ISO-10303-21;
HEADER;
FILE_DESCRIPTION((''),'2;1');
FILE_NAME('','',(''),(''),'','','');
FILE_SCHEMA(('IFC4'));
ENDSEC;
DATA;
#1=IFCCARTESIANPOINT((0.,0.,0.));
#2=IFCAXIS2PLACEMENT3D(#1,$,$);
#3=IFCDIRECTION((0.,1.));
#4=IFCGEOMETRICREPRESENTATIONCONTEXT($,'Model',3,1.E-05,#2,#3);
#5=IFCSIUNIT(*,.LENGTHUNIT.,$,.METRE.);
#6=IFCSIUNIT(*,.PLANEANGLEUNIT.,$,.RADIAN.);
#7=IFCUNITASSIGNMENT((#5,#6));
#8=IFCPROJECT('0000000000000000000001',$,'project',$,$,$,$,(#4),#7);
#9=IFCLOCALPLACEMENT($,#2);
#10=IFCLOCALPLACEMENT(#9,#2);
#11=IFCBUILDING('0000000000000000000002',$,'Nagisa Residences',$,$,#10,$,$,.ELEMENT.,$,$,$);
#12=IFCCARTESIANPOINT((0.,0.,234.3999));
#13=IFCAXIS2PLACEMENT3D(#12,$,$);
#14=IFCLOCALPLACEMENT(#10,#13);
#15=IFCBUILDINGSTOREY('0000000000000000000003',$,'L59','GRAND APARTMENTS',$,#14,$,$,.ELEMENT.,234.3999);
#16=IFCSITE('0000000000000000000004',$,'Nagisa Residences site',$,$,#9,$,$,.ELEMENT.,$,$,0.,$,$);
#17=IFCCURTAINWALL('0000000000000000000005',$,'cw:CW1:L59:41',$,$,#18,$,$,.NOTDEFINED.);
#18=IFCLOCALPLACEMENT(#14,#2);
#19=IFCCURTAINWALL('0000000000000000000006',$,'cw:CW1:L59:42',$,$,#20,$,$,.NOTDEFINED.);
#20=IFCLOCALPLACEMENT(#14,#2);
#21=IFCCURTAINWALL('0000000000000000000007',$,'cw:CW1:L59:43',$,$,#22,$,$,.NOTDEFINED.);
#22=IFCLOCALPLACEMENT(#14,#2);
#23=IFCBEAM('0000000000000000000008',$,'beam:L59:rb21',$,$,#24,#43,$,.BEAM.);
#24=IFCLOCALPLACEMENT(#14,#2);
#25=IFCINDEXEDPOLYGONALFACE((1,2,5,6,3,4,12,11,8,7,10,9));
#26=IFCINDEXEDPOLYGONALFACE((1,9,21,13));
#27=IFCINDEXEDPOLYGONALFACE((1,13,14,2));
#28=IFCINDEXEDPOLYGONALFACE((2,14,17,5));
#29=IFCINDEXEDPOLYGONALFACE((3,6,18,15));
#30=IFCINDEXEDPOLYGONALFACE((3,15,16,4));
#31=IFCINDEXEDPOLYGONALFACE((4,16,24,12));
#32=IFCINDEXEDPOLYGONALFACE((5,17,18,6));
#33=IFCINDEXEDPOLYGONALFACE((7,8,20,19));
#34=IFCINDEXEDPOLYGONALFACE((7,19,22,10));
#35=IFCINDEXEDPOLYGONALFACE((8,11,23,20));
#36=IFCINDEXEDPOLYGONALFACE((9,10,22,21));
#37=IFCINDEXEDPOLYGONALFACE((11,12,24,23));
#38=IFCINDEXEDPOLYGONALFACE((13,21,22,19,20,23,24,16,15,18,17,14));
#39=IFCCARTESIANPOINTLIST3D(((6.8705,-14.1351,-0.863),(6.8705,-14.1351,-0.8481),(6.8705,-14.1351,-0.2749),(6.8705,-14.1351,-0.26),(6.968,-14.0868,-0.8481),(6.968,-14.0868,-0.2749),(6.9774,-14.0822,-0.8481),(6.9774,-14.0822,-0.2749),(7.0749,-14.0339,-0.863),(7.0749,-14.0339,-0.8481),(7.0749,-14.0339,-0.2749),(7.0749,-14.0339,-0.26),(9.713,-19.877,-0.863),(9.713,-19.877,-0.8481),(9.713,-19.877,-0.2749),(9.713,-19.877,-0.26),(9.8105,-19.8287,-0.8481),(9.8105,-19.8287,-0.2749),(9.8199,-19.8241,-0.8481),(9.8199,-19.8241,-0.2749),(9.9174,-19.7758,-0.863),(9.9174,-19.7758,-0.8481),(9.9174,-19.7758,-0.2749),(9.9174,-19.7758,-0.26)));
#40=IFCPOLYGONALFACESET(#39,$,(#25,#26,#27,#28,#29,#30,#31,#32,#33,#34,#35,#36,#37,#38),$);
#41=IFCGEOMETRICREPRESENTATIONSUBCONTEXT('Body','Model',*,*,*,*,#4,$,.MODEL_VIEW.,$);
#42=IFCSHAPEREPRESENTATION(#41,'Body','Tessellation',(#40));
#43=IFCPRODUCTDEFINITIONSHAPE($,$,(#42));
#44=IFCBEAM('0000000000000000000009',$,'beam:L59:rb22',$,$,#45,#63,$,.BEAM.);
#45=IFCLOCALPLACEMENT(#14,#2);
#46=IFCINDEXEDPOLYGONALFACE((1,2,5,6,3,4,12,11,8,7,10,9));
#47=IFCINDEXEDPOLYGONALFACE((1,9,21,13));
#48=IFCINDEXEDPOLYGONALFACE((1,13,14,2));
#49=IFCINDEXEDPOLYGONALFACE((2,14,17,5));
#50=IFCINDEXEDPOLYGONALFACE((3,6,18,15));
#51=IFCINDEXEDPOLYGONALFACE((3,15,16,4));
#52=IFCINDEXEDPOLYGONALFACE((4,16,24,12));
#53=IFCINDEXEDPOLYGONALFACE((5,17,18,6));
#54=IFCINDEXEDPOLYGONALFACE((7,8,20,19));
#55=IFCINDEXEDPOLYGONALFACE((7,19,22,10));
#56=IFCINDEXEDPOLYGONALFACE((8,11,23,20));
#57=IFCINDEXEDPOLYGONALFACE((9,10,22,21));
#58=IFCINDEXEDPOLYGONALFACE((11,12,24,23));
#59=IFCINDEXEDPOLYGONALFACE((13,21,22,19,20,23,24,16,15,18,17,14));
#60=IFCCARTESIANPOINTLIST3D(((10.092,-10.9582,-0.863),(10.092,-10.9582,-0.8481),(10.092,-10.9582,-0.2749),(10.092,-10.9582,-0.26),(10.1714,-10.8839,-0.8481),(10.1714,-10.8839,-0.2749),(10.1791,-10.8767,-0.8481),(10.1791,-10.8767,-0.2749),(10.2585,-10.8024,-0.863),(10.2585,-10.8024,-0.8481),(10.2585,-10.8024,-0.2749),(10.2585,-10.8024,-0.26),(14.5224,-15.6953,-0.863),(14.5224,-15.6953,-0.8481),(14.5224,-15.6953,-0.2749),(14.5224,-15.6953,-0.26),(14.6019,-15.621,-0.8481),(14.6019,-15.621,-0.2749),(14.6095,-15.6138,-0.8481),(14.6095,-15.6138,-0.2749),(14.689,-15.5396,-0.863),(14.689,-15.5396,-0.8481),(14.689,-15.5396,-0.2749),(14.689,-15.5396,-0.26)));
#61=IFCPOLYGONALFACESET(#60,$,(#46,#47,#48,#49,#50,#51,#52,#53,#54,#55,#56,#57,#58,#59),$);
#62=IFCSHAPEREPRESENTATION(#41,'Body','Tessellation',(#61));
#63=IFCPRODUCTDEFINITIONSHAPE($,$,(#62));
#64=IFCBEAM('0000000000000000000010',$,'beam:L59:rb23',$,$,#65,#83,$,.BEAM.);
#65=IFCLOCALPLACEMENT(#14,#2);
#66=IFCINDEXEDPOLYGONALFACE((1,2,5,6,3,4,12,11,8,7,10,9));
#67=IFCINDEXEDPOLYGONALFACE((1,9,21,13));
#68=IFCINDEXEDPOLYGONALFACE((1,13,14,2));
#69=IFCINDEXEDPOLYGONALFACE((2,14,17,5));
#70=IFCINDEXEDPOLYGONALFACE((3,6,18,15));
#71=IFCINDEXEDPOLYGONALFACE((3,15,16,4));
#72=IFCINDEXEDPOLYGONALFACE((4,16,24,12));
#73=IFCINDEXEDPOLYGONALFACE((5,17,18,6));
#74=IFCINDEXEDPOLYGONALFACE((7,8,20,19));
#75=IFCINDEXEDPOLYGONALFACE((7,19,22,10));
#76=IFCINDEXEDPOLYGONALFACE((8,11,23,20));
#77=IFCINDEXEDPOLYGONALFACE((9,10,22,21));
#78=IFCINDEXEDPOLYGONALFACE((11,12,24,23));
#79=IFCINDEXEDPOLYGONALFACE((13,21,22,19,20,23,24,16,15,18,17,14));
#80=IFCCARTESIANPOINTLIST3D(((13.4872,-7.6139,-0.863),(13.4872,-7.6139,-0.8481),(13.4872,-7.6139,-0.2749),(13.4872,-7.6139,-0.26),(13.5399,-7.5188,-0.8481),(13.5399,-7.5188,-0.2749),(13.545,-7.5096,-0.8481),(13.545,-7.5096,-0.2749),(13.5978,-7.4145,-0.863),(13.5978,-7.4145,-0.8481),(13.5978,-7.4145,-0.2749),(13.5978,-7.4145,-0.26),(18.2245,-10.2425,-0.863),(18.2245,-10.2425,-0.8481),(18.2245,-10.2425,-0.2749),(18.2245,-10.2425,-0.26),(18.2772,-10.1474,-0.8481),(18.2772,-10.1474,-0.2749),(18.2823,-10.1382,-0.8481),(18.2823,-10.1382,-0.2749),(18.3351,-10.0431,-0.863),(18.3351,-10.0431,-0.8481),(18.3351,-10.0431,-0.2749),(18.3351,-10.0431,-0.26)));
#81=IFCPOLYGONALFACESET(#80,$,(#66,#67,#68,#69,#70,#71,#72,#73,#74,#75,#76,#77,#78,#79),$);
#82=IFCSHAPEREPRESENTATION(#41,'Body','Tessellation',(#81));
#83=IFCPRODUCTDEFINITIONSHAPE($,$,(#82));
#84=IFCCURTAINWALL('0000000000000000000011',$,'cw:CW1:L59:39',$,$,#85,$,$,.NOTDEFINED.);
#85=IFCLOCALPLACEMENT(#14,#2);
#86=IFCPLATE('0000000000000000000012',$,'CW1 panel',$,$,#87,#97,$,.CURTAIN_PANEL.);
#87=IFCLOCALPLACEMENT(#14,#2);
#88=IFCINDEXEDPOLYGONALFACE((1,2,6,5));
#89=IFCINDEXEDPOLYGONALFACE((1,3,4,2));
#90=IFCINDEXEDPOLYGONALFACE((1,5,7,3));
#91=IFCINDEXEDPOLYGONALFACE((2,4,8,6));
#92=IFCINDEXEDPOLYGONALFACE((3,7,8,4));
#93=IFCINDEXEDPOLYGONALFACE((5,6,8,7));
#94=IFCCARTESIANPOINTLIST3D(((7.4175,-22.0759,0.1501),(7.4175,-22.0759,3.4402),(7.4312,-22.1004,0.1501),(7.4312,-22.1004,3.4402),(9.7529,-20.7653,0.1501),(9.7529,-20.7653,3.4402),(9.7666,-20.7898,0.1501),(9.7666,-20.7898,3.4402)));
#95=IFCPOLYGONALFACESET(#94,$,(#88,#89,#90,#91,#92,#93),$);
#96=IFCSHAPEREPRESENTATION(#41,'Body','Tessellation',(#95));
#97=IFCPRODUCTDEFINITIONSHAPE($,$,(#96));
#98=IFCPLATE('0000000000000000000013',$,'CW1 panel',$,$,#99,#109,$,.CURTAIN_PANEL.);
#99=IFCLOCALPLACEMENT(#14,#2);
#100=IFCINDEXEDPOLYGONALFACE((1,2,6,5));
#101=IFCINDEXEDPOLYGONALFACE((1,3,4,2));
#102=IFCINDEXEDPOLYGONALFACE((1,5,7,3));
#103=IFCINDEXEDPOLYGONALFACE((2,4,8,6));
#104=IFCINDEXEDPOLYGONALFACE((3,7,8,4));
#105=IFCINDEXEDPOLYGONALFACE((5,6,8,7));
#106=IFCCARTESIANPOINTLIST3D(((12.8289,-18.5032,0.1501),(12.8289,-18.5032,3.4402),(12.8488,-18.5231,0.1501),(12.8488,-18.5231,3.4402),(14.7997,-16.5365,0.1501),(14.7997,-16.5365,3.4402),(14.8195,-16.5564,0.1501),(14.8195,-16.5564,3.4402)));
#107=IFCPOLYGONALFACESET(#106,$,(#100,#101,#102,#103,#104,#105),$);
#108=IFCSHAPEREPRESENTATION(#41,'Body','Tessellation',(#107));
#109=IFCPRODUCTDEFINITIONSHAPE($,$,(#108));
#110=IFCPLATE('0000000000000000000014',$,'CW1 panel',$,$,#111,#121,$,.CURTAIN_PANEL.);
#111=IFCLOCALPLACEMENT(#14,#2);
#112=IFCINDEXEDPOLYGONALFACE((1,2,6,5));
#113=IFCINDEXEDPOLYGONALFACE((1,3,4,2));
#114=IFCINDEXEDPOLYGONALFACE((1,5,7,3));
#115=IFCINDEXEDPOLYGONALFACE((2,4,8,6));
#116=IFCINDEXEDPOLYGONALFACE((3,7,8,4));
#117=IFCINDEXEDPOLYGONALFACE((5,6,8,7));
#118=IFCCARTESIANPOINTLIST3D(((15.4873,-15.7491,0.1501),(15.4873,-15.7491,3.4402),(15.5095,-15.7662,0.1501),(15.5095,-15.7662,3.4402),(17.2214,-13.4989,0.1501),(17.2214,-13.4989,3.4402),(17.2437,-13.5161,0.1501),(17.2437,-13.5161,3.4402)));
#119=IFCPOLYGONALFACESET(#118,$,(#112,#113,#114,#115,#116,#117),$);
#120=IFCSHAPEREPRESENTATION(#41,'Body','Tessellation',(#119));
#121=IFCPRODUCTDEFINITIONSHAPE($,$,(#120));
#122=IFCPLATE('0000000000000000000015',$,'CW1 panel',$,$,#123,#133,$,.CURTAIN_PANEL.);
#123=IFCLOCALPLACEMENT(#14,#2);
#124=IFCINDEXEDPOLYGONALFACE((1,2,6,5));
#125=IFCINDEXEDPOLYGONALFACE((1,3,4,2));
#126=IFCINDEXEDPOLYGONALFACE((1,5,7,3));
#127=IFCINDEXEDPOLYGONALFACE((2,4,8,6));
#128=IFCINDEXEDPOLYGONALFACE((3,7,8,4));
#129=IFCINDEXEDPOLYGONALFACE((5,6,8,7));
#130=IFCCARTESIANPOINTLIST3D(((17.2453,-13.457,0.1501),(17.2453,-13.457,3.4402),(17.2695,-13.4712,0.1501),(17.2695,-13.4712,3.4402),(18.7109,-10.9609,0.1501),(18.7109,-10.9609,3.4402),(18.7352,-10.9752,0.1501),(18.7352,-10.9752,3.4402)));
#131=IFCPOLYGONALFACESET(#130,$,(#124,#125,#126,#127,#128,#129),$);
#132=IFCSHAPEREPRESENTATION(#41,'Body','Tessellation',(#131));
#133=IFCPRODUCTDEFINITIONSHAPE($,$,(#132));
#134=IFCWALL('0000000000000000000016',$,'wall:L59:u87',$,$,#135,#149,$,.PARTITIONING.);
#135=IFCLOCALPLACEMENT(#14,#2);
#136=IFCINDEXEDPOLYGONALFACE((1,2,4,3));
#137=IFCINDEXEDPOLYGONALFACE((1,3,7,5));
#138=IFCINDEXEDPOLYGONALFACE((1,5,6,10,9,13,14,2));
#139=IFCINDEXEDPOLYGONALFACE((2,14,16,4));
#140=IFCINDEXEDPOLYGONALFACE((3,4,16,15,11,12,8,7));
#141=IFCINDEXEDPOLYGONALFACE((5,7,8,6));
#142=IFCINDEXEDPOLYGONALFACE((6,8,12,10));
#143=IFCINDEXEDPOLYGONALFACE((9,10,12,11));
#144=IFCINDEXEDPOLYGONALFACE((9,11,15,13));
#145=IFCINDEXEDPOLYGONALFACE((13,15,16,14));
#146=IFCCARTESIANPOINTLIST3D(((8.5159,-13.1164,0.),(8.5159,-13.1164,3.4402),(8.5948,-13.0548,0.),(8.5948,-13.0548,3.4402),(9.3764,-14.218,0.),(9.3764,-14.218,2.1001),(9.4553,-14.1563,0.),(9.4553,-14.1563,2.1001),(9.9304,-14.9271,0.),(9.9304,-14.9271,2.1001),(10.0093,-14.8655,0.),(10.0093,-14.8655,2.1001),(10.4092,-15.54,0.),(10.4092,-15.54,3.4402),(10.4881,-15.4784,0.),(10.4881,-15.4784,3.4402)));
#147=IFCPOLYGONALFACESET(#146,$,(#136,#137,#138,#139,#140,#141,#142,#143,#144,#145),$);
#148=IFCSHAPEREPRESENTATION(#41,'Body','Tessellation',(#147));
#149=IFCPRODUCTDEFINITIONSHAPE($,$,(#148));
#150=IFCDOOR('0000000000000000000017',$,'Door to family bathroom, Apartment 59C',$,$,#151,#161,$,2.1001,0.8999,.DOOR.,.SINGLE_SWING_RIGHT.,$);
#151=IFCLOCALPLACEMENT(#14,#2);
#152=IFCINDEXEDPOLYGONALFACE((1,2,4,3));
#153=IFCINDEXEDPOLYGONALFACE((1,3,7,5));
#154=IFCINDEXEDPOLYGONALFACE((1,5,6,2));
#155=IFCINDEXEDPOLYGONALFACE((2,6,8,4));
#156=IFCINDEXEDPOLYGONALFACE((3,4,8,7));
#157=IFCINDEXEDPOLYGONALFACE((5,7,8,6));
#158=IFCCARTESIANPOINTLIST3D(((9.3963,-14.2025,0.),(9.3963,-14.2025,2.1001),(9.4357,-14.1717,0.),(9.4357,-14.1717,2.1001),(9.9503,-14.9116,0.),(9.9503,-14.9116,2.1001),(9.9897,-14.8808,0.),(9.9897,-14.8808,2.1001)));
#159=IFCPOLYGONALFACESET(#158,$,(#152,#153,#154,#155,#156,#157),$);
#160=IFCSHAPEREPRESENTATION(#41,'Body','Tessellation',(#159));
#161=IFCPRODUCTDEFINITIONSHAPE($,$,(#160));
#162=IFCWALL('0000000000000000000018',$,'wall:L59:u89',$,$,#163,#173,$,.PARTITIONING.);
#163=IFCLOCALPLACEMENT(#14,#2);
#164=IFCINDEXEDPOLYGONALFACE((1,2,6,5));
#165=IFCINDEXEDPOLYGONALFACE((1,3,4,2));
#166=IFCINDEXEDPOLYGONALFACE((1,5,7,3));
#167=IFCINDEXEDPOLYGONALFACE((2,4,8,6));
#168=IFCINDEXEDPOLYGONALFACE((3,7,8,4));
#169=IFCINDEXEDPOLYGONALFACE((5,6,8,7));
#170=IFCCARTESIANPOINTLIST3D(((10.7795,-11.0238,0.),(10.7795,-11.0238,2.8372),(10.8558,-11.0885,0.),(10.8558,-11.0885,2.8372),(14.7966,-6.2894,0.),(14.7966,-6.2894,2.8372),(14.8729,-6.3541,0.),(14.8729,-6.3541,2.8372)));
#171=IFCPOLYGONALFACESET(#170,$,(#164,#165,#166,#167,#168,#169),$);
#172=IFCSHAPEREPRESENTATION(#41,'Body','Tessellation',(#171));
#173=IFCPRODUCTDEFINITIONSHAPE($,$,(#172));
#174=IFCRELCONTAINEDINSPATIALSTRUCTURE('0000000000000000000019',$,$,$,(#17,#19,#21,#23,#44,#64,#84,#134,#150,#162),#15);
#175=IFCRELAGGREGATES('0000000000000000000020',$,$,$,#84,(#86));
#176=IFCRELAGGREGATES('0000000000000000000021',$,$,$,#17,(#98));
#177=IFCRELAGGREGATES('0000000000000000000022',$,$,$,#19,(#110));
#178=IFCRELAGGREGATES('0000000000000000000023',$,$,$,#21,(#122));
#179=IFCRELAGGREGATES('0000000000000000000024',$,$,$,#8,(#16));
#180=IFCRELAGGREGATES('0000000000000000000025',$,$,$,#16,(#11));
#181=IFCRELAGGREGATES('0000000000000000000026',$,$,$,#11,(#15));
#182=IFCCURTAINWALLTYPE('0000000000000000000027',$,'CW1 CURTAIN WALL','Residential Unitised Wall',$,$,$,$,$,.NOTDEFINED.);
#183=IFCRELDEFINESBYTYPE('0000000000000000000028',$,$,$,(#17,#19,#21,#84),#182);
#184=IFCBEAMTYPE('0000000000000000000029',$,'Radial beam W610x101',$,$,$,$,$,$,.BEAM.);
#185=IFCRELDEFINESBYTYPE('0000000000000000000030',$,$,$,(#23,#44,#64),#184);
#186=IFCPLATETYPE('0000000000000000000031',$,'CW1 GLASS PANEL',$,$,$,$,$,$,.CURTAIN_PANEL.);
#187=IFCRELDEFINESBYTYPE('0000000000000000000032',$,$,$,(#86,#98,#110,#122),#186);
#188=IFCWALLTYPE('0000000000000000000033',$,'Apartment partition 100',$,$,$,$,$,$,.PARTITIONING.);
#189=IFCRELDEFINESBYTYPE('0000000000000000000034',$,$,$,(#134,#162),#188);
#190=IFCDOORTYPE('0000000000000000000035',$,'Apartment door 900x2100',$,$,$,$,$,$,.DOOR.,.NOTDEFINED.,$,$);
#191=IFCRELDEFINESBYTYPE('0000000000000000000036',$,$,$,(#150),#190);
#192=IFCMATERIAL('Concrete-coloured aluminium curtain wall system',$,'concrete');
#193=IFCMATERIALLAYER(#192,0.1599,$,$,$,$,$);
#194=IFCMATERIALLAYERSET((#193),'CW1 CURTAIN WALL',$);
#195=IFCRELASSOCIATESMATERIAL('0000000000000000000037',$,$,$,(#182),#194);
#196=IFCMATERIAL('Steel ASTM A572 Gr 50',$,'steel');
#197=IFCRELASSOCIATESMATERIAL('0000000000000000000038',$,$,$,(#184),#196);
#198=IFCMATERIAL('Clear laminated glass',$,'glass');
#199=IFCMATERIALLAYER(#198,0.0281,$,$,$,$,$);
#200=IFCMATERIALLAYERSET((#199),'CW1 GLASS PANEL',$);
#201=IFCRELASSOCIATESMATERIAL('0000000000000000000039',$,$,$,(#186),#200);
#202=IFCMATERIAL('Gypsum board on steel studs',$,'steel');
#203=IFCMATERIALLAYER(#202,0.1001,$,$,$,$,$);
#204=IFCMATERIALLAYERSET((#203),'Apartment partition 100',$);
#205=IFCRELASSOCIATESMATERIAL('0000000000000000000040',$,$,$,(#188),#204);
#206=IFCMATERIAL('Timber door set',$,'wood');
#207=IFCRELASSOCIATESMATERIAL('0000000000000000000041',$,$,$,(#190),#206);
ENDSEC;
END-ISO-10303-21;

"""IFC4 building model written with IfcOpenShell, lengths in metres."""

from ifc_helpers import new_model, si_unit, direction, frame, frame_2d, origin, origin_2d, place, context, subcontext, project, spatial, rectangle, i_section, extrude, material, layer, layer_set, material_profile, profile_set, type_object, element, fill, aggregate, save


model = new_model("IFC4")

# Units and contexts
model_context = context("Model", 3, precision=1e-05, world=origin(), true_north=direction((0.0, 1.0)))
body_context = subcontext(model_context, "Body", "Model", "MODEL_VIEW")
ifc_project = project(units=[si_unit("LENGTHUNIT", "METRE"), si_unit("PLANEANGLEUNIT", "RADIAN")], contexts=[model_context])

# Site, building, storey
site_placement = place(None, origin())
site = spatial("IfcSite", under=ifc_project, at=site_placement, Name="Nagisa Residences site", CompositionType="ELEMENT", RefElevation=0.0)
building_placement = place(site_placement, origin())
building = spatial("IfcBuilding", under=site, at=building_placement, Name="Nagisa Residences", CompositionType="ELEMENT")
storey_placement = place(building_placement, frame((0.0, 0.0, 234.3999)))
storey = spatial("IfcBuildingStorey", under=building, at=storey_placement, Name="L59", Description="GRAND APARTMENTS", CompositionType="ELEMENT", Elevation=234.3999)

# Curtain walls
ifc_material_1 = material(Name="Concrete-coloured aluminium curtain wall system", Category="concrete")
ifc_layer_1 = layer(ifc_material_1, 0.1599)
ifc_layer_set_1 = layer_set([ifc_layer_1], Name="CW1 CURTAIN WALL")
curtain_wall_type = type_object("IfcCurtainWallType", Name="CW1 CURTAIN WALL", Description="Residential Unitised Wall", PredefinedType="NOTDEFINED", material=ifc_layer_set_1)
curtain_wall_1_placement = place(storey_placement, origin())
curtain_wall_1 = element("IfcCurtainWall", 1, at=curtain_wall_1_placement, inside=storey, type_object=curtain_wall_type, Name="cw:CW1:L59:41", PredefinedType="NOTDEFINED")
curtain_wall_2_placement = place(storey_placement, origin())
curtain_wall_2 = element("IfcCurtainWall", 2, at=curtain_wall_2_placement, inside=storey, type_object=curtain_wall_type, Name="cw:CW1:L59:42", PredefinedType="NOTDEFINED")
curtain_wall_3_placement = place(storey_placement, origin())
curtain_wall_3 = element("IfcCurtainWall", 3, at=curtain_wall_3_placement, inside=storey, type_object=curtain_wall_type, Name="cw:CW1:L59:43", PredefinedType="NOTDEFINED")

# Beams
ifc_material_2 = material(Name="Steel ASTM A572 Gr 50", Category="steel")
ifc_material_profile_1 = material_profile(ifc_material_2, i_section(OverallWidth=0.228, OverallDepth=0.603, WebThickness=0.0105, FlangeThickness=0.0149, at=origin_2d()), Name="W610x101")
ifc_profile_set_1 = profile_set([ifc_material_profile_1], Name="Steel ASTM A572 Gr 50")
beam_type_1 = type_object("IfcBeamType", Name="Radial beam W610x101", PredefinedType="BEAM", material=ifc_profile_set_1)
beam_1_placement = place(storey_placement, frame((9.8152, -19.8264, -0.5615), z_axis=(-0.443659, 0.896196, 0.0), x_axis=(-0.896196, -0.443659, 0.0)))
element("IfcBeam", 4, at=beam_1_placement, inside=storey, type_object=beam_type_1, Name="beam:L59:rb21", PredefinedType="BEAM", context=body_context, shape_type="SweptSolid", body=[
    extrude(i_section(OverallWidth=0.228, OverallDepth=0.603, WebThickness=0.0105, FlangeThickness=0.0149, at=origin_2d()), origin(), (0.0, 0.0, 1.0), 6.407),
])
beam_2_placement = place(storey_placement, frame((14.6057, -15.6174, -0.5615), z_axis=(-0.683073, 0.73035, 0.0), x_axis=(-0.73035, -0.683073, 0.0)))
element("IfcBeam", 5, at=beam_2_placement, inside=storey, type_object=beam_type_1, Name="beam:L59:rb22", PredefinedType="BEAM", context=body_context, shape_type="SweptSolid", body=[
    extrude(i_section(OverallWidth=0.228, OverallDepth=0.603, WebThickness=0.0105, FlangeThickness=0.0149, at=origin_2d()), origin(), (0.0, 0.0, 1.0), 6.4861),
])
beam_3_placement = place(storey_placement, frame((18.2798, -10.1428, -0.5615), z_axis=(-0.874406, 0.485195, 0.0), x_axis=(-0.485195, -0.874406, 0.0)))
element("IfcBeam", 6, at=beam_3_placement, inside=storey, type_object=beam_type_1, Name="beam:L59:rb23", PredefinedType="BEAM", context=body_context, shape_type="SweptSolid", body=[
    extrude(i_section(OverallWidth=0.228, OverallDepth=0.603, WebThickness=0.0105, FlangeThickness=0.0149, at=origin_2d()), origin(), (0.0, 0.0, 1.0), 5.4177),
])

# Curtain wall, plate
curtain_wall_4_placement = place(storey_placement, origin())
curtain_wall_4 = element("IfcCurtainWall", 7, at=curtain_wall_4_placement, inside=storey, type_object=curtain_wall_type, Name="cw:CW1:L59:39", PredefinedType="NOTDEFINED")
ifc_material_3 = material(Name="Clear laminated glass", Category="glass")
ifc_layer_2 = layer(ifc_material_3, 0.0281)
ifc_layer_set_2 = layer_set([ifc_layer_2], Name="CW1 GLASS PANEL")
plate_type = type_object("IfcPlateType", Name="CW1 GLASS PANEL", PredefinedType="CURTAIN_PANEL", material=ifc_layer_set_2)
plate_1_placement = place(storey_placement, frame((8.592, -21.4329, 0.1501), z_axis=(0.0, 0.0, 1.0), x_axis=(0.872072, 0.489377, 0.0)))
plate_1 = element("IfcPlate", 8, at=plate_1_placement, type_object=plate_type, Name="CW1 panel", PredefinedType="CURTAIN_PANEL", context=body_context, shape_type="SweptSolid", body=[
    extrude(rectangle(XDim=2.678, YDim=0.0281, at=origin_2d()), origin(), (0.0, 0.0, 1.0), 3.29),
])
aggregate(curtain_wall_4, [plate_1])

# Plates
plate_2_placement = place(storey_placement, frame((13.8242, -17.5298, 0.1501), z_axis=(0.0, 0.0, 1.0), x_axis=(0.707836, 0.706377, 0.0)))
plate_2 = element("IfcPlate", 9, at=plate_2_placement, type_object=plate_type, Name="CW1 panel", PredefinedType="CURTAIN_PANEL", context=body_context, shape_type="SweptSolid", body=[
    extrude(rectangle(XDim=2.7842, YDim=0.0281, at=origin_2d()), origin(), (0.0, 0.0, 1.0), 3.29),
])
aggregate(curtain_wall_1, [plate_2])
plate_3_placement = place(storey_placement, frame((16.3655, -14.6326, 0.1501), z_axis=(0.0, 0.0, 1.0), x_axis=(0.61043, 0.79207, 0.0)))
plate_3 = element("IfcPlate", 10, at=plate_3_placement, type_object=plate_type, Name="CW1 panel", PredefinedType="CURTAIN_PANEL", context=body_context, shape_type="SweptSolid", body=[
    extrude(rectangle(XDim=2.8408, YDim=0.0281, at=origin_2d()), origin(), (0.0, 0.0, 1.0), 3.29),
])
aggregate(curtain_wall_2, [plate_3])
plate_4_placement = place(storey_placement, frame((17.9902, -12.2161, 0.1501), z_axis=(0.0, 0.0, 1.0), x_axis=(0.506349, 0.862329, 0.0)))
plate_4 = element("IfcPlate", 11, at=plate_4_placement, type_object=plate_type, Name="CW1 panel", PredefinedType="CURTAIN_PANEL", context=body_context, shape_type="SweptSolid", body=[
    extrude(rectangle(XDim=2.8945, YDim=0.0281, at=origin_2d()), origin(), (0.0, 0.0, 1.0), 3.29),
])
aggregate(curtain_wall_3, [plate_4])

# Wall, opening, door
ifc_material_4 = material(Name="Gypsum board on steel studs", Category="steel")
ifc_layer_3 = layer(ifc_material_4, 0.1001)
ifc_layer_set_3 = layer_set([ifc_layer_3], Name="Apartment partition 100")
wall_type_1 = type_object("IfcWallType", Name="Apartment partition 100", PredefinedType="PARTITIONING", material=ifc_layer_set_3)
wall_1_placement = place(storey_placement, frame((8.5554, -13.0857, 0.0), z_axis=(0.0, 0.0, 1.0), x_axis=(0.615621, -0.788042, 0.0)))
wall_1 = element("IfcWall", 12, at=wall_1_placement, inside=storey, type_object=wall_type_1, Name="wall:L59:u87", PredefinedType="PARTITIONING", context=body_context, shape_type="SweptSolid", body=[
    extrude(rectangle(XDim=3.0754, YDim=0.1001, at=frame_2d((1.5376, 0.0))), origin(), (0.0, 0.0, 1.0), 3.4402),
])
opening_1_placement = place(wall_1_placement, frame((1.3977, 0.0, 0.0)))
opening_1 = element("IfcOpeningElement", 13, at=opening_1_placement, cuts=wall_1, PredefinedType="OPENING", context=body_context, shape_type="SweptSolid", body=[
    extrude(rectangle(XDim=0.8999, YDim=2.1001, at=frame_2d((0.45, 1.05))), frame((0.0, 0.0601, 0.0), z_axis=(0.0, -1.0, 0.0), x_axis=(1.0, 0.0, 0.0)), (0.0, 0.0, 1.0), 0.1201),
])
ifc_material_5 = material(Name="Timber door set", Category="wood")
door_type_1 = type_object("IfcDoorType", Name="Apartment door 900x2100", OperationType="NOTDEFINED", PredefinedType="DOOR", material=ifc_material_5)
door_1_placement = place(opening_1_placement, frame((0.8999, 0.0, 0.0), x_axis=(-1.0, 0.0, 0.0)))
door_1 = element("IfcDoor", 14, at=door_1_placement, inside=storey, type_object=door_type_1, Name="Door to family bathroom, Apartment 59C", OperationType="SINGLE_SWING_RIGHT", OverallHeight=2.1001, OverallWidth=0.8999, PredefinedType="DOOR", context=body_context, shape_type="SweptSolid", body=[
    extrude(rectangle(XDim=0.8999, YDim=2.1001, at=frame_2d((0.45, 1.05))), frame((0.0, 0.0249, 0.0), z_axis=(0.0, -1.0, 0.0), x_axis=(1.0, 0.0, 0.0)), (0.0, 0.0, 1.0), 0.05),
])
fill(opening_1, door_1)

# Wall
wall_2_placement = place(storey_placement, frame((10.8176, -11.0562, 0.0), z_axis=(0.0, 0.0, 1.0), x_axis=(0.646982, 0.762506, 0.0)))
element("IfcWall", 15, at=wall_2_placement, inside=storey, type_object=wall_type_1, Name="wall:L59:u89", PredefinedType="PARTITIONING", context=body_context, shape_type="SweptSolid", body=[
    extrude(rectangle(XDim=6.209, YDim=0.1001, at=frame_2d((3.1045, 0.0))), origin(), (0.0, 0.0, 1.0), 2.8372),
])

save(model, "model.ifc")
